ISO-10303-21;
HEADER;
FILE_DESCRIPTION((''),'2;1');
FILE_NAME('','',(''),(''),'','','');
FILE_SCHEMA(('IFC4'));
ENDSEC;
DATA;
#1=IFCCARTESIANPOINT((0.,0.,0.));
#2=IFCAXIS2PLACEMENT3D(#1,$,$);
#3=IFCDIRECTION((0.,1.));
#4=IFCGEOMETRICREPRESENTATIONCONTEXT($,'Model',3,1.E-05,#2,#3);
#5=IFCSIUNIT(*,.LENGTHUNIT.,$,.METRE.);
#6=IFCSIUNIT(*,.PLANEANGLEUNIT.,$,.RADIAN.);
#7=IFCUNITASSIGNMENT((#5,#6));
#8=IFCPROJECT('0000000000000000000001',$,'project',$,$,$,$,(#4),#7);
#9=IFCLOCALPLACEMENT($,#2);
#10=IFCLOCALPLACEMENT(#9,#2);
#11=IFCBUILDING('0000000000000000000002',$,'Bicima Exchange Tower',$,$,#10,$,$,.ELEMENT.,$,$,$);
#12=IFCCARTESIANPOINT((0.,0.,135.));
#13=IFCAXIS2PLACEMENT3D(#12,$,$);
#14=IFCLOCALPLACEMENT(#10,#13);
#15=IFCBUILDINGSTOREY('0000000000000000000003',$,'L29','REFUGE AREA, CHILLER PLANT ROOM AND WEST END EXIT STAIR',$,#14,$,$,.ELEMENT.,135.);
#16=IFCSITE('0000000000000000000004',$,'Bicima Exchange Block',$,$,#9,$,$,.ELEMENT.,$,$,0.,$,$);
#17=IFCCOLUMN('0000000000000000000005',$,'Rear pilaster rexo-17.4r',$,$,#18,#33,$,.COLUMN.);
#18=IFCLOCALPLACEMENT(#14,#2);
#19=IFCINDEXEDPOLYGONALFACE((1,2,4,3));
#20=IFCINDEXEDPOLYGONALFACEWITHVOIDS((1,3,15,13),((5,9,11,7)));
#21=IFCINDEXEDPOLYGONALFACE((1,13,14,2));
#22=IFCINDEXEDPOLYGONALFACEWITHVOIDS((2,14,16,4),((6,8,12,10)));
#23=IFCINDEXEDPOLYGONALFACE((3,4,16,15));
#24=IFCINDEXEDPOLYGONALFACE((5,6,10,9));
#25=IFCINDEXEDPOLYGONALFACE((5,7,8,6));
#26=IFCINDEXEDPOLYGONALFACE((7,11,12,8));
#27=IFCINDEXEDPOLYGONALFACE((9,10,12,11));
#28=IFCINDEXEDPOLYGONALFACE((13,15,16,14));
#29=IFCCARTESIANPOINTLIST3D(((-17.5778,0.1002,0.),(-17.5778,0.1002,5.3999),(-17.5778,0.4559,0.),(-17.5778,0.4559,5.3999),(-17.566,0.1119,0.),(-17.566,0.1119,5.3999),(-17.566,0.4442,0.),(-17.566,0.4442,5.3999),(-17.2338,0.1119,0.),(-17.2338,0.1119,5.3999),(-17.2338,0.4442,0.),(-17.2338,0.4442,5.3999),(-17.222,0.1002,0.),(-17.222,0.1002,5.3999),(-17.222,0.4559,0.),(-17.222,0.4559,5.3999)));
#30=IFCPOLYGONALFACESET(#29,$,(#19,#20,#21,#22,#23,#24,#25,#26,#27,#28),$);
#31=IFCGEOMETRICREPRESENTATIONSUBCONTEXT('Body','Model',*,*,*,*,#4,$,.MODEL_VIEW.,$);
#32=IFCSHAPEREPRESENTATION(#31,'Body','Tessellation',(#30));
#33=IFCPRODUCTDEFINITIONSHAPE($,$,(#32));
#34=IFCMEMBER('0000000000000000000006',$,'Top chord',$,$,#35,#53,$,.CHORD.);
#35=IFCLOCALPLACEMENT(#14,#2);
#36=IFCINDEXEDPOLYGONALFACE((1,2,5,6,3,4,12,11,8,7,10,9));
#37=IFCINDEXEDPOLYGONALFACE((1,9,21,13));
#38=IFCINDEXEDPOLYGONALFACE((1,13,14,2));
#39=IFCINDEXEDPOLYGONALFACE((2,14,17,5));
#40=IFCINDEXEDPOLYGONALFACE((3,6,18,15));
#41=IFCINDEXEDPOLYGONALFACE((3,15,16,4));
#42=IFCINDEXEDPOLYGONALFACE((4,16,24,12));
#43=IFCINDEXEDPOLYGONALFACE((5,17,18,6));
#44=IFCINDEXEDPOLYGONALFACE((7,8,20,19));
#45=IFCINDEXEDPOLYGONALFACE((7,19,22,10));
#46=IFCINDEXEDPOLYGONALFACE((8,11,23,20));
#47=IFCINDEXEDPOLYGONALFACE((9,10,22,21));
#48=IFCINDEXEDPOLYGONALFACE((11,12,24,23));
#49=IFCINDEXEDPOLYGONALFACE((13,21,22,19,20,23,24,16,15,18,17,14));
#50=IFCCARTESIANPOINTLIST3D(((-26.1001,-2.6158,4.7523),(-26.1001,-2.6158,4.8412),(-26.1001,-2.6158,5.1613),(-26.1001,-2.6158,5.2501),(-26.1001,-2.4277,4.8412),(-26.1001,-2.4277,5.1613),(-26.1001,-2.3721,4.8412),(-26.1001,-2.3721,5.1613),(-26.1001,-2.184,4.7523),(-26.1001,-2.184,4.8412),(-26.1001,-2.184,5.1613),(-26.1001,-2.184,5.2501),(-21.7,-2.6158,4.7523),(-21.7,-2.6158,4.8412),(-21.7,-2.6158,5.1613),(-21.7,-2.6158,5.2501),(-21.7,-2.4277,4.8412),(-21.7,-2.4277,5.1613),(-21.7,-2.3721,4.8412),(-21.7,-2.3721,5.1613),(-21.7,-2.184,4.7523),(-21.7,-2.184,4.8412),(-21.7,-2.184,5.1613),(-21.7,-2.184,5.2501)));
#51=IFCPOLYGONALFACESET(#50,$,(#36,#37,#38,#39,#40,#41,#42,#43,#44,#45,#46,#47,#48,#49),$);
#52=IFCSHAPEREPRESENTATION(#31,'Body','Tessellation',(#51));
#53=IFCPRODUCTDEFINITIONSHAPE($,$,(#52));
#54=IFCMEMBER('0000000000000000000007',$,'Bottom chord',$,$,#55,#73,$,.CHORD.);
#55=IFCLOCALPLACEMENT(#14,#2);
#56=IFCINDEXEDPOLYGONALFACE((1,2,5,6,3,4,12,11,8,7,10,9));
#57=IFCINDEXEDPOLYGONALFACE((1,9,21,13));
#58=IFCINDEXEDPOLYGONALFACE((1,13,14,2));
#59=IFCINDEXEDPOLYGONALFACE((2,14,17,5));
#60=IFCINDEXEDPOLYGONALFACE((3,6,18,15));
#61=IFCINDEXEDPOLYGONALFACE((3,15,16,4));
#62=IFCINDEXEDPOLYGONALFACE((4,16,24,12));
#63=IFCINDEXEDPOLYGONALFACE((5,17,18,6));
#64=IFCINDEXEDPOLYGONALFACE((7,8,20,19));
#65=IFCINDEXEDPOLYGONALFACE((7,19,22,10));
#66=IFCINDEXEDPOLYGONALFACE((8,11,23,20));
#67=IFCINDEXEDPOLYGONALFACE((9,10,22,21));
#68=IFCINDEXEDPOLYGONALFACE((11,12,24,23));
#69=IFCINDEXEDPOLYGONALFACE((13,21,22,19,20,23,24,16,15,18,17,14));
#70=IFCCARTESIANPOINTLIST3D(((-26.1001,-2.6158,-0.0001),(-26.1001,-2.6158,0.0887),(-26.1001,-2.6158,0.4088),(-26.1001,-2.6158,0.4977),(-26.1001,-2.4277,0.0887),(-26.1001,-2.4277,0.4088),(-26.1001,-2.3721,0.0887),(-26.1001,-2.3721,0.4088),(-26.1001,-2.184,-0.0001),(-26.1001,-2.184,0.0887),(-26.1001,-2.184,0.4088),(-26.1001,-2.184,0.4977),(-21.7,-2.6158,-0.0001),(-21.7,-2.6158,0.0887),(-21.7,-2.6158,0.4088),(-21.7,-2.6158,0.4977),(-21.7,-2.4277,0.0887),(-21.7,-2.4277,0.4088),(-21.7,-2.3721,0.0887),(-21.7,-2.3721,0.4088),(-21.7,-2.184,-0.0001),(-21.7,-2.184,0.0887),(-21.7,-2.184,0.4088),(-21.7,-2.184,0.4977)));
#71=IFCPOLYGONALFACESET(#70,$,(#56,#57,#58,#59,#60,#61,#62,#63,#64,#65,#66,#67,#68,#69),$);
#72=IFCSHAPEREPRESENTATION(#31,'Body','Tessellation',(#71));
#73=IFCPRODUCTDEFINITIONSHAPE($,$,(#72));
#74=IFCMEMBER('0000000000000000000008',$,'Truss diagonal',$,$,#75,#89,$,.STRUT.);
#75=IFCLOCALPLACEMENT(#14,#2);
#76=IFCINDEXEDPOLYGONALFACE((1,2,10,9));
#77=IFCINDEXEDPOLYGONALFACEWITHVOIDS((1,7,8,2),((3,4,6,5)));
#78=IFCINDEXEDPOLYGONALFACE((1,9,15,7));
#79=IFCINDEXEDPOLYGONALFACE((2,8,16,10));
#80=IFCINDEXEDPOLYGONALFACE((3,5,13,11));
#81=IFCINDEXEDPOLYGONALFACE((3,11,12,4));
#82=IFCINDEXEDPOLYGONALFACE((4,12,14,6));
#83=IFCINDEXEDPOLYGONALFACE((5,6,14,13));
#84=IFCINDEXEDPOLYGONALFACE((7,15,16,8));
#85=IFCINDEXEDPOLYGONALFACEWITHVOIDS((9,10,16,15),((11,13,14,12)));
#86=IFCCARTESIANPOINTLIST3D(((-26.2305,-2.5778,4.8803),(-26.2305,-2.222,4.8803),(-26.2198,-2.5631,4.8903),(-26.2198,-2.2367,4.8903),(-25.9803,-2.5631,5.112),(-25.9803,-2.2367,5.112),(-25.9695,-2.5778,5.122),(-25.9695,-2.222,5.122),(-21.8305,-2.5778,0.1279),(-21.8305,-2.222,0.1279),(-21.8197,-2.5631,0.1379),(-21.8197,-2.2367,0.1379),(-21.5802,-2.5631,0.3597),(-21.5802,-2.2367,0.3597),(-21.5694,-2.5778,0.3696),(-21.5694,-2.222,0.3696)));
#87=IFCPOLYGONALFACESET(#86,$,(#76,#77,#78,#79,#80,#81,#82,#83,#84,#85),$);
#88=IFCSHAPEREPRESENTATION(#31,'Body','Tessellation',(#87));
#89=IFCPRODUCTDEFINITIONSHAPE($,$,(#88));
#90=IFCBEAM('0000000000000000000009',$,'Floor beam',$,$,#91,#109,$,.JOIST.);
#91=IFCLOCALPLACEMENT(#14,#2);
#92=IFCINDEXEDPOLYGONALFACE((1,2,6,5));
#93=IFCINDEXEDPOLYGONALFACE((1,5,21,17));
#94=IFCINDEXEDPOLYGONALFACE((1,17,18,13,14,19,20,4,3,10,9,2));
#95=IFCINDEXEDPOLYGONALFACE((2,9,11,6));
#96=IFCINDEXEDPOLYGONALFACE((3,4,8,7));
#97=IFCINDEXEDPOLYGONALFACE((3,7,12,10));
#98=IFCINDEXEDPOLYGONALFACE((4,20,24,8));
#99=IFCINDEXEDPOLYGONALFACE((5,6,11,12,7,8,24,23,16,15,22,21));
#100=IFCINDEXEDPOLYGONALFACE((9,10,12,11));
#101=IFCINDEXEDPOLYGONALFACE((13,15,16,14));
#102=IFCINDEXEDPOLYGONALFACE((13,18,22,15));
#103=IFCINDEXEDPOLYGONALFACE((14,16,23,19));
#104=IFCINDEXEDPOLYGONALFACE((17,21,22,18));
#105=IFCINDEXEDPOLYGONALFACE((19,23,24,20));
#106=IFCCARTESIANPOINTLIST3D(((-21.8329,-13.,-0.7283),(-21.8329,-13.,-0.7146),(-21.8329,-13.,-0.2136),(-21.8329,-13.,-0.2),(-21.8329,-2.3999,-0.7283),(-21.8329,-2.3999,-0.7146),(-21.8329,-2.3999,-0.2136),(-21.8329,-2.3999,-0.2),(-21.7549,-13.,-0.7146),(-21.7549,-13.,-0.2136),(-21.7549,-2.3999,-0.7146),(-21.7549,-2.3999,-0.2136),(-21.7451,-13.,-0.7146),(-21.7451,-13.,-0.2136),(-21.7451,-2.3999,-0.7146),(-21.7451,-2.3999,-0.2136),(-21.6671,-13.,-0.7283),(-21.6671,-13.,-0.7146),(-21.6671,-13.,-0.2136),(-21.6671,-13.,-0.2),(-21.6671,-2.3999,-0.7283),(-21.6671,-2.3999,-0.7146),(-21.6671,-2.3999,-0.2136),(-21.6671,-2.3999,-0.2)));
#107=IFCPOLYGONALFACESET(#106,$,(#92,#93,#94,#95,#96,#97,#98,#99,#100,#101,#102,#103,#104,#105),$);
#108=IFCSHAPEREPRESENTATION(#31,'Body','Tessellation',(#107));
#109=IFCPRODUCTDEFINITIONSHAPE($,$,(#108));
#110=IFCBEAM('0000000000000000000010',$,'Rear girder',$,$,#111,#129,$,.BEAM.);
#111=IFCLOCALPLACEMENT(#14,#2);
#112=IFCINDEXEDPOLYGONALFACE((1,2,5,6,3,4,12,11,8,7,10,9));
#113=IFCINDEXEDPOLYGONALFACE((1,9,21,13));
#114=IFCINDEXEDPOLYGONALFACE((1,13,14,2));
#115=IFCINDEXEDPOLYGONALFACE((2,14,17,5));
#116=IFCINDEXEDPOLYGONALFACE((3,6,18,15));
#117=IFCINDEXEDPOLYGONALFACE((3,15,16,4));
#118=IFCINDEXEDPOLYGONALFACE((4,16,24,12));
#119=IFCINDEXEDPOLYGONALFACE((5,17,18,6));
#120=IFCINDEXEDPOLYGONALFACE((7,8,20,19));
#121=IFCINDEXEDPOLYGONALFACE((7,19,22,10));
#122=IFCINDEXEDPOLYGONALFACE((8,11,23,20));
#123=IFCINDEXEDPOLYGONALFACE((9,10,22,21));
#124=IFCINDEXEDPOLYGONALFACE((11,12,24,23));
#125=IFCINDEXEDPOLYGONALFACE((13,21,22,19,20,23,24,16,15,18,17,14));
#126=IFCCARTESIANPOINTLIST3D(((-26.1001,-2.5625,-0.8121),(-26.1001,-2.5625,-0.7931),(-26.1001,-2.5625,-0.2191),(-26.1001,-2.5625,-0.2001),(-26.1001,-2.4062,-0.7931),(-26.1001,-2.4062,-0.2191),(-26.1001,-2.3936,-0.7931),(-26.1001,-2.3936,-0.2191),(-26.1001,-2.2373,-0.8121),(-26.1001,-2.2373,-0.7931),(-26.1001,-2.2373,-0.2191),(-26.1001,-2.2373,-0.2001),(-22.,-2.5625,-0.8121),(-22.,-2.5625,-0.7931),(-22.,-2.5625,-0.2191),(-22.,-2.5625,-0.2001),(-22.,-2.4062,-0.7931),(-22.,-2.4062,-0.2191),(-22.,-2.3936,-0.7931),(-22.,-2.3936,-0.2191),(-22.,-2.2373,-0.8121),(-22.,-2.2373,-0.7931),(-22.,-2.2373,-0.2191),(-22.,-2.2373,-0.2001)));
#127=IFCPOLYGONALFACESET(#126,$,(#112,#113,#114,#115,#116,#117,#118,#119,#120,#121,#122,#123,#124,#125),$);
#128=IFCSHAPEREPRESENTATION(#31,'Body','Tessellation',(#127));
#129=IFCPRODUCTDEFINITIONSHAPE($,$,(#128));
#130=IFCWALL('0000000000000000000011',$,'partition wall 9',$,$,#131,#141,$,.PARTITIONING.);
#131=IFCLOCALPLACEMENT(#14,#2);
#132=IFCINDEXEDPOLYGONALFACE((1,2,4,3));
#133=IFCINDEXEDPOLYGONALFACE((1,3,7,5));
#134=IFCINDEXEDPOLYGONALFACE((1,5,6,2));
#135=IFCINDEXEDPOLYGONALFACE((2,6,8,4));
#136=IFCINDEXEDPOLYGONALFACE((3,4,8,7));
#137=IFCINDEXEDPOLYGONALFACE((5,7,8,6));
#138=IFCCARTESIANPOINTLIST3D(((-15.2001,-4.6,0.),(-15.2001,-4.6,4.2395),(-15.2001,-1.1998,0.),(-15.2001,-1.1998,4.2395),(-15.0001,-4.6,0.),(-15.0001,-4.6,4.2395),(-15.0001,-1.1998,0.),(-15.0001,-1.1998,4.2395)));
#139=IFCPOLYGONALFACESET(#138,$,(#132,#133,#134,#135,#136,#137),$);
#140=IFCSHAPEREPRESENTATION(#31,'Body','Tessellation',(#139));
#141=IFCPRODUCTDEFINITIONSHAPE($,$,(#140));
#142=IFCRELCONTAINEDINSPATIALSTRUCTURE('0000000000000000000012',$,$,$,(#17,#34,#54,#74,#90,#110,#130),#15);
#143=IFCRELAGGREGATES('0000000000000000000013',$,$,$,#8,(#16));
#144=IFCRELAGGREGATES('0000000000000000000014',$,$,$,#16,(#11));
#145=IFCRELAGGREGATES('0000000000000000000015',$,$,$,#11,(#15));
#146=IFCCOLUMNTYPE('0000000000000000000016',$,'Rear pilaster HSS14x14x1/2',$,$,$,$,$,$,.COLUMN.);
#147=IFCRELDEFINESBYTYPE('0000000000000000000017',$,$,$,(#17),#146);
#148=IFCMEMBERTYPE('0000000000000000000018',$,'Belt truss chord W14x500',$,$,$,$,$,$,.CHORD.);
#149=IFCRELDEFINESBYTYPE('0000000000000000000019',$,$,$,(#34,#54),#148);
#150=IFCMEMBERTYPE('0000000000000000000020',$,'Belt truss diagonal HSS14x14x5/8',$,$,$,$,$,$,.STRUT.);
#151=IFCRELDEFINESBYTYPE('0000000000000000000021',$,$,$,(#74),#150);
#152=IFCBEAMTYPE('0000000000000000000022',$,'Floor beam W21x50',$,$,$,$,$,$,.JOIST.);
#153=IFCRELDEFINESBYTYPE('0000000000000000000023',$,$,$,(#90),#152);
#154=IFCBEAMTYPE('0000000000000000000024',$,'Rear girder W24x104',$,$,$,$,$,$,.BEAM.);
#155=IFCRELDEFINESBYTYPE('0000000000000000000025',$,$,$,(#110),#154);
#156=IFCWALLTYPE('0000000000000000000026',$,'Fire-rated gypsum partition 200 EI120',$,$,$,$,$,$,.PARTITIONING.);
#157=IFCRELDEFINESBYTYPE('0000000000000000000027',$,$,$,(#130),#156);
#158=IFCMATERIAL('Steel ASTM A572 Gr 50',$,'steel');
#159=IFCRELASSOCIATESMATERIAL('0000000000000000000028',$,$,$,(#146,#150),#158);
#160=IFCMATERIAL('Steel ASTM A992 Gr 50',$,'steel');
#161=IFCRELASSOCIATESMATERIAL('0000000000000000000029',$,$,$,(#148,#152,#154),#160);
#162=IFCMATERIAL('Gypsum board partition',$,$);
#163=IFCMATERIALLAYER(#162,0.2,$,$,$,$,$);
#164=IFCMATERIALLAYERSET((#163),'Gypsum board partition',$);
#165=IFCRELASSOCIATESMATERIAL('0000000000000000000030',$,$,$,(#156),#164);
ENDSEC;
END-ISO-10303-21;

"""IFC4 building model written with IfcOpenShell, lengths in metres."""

from ifc_helpers import new_model, si_unit, direction, frame, frame_2d, origin, origin_2d, place, context, subcontext, project, spatial, rectangle, hollow_rectangle, i_section, extrude, material, layer, layer_set, material_profile, profile_set, type_object, element, save


model = new_model("IFC4")

# Units and contexts
model_context = context("Model", 3, precision=1e-05, world=origin(), true_north=direction((0.0, 1.0)))
body_context = subcontext(model_context, "Body", "Model", "MODEL_VIEW")
ifc_project = project(units=[si_unit("LENGTHUNIT", "METRE"), si_unit("PLANEANGLEUNIT", "RADIAN")], contexts=[model_context])

# Site, building, storey
site_placement = place(None, origin())
site = spatial("IfcSite", under=ifc_project, at=site_placement, Name="Bicima Exchange Block", CompositionType="ELEMENT", RefElevation=0.0)
building_placement = place(site_placement, origin())
building = spatial("IfcBuilding", under=site, at=building_placement, Name="Bicima Exchange Tower", CompositionType="ELEMENT")
storey_placement = place(building_placement, frame((0.0, 0.0, 135.0)))
storey = spatial("IfcBuildingStorey", under=building, at=storey_placement, Name="L29", Description="REFUGE AREA, CHILLER PLANT ROOM AND WEST END EXIT STAIR", CompositionType="ELEMENT", Elevation=135.0)

# Column
ifc_material_1 = material(Name="Steel ASTM A572 Gr 50", Category="steel")
ifc_material_profile_1 = material_profile(ifc_material_1, hollow_rectangle(XDim=0.3557, YDim=0.3557, WallThickness=0.0117, at=origin_2d()))
ifc_profile_set_1 = profile_set([ifc_material_profile_1], Name="Steel ASTM A572 Gr 50")
column_type = type_object("IfcColumnType", Name="Rear pilaster HSS14x14x1/2", PredefinedType="COLUMN", material=ifc_profile_set_1)
column_placement = place(storey_placement, frame((-17.3999, 0.2781, 0.0), z_axis=(0.0, 0.0, 1.0), x_axis=(1.0, 0.0, 0.0)))
element("IfcColumn", 1, at=column_placement, inside=storey, type_object=column_type, Name="Rear pilaster rexo-17.4r", PredefinedType="COLUMN", context=body_context, shape_type="SweptSolid", body=[
    extrude(hollow_rectangle(XDim=0.3557, YDim=0.3557, WallThickness=0.0117, at=origin_2d()), origin(), (0.0, 0.0, 1.0), 5.3999),
])

# Members
ifc_material_2 = material(Name="Steel ASTM A992 Gr 50", Category="steel")
ifc_material_profile_2 = material_profile(ifc_material_2, i_section(OverallWidth=0.4319, OverallDepth=0.4978, WebThickness=0.0557, FlangeThickness=0.0889, at=origin_2d()))
ifc_profile_set_2 = profile_set([ifc_material_profile_2], Name="Steel ASTM A992 Gr 50")
member_type_1 = type_object("IfcMemberType", Name="Belt truss chord W14x500", PredefinedType="CHORD", material=ifc_profile_set_2)
for number, where, z_axis, x_axis, name in (
    (2, (-21.7, -2.3999, 5.0012), (-1.0, 0.0, 0.0), (0.0, -1.0, 0.0), "Top chord"),
    (3, (-21.7, -2.3999, 0.2488), (-1.0, 0.0, 0.0), (0.0, -1.0, 0.0), "Bottom chord"),
):
    element("IfcMember", number, at=place(storey_placement, frame(where, z_axis=z_axis, x_axis=x_axis)), inside=storey, type_object=member_type_1, Name=name, PredefinedType="CHORD", context=body_context, shape_type="SweptSolid", body=[
        extrude(i_section(OverallWidth=0.4319, OverallDepth=0.4978, WebThickness=0.0557, FlangeThickness=0.0889, at=origin_2d()), origin(), (0.0, 0.0, 1.0), 4.4001),
    ])
ifc_material_profile_3 = material_profile(ifc_material_1, hollow_rectangle(XDim=0.3557, YDim=0.3557, WallThickness=0.0146, at=origin_2d()))
ifc_profile_set_3 = profile_set([ifc_material_profile_3], Name="Steel ASTM A572 Gr 50")
member_type_2 = type_object("IfcMemberType", Name="Belt truss diagonal HSS14x14x5/8", PredefinedType="STRUT", material=ifc_profile_set_3)
member_placement = place(storey_placement, frame((-21.7, -2.3999, 0.2488), z_axis=(-0.679386, 0.0, 0.733781), x_axis=(0.0, -1.0, 0.0)))
element("IfcMember", 4, at=member_placement, inside=storey, type_object=member_type_2, Name="Truss diagonal", PredefinedType="STRUT", context=body_context, shape_type="SweptSolid", body=[
    extrude(hollow_rectangle(XDim=0.3557, YDim=0.3557, WallThickness=0.0146, at=origin_2d()), origin(), (0.0, 0.0, 1.0), 6.4766),
])

# Beams
ifc_material_profile_4 = material_profile(ifc_material_2, i_section(OverallWidth=0.1658, OverallDepth=0.5283, WebThickness=0.0098, FlangeThickness=0.0137, at=origin_2d()))
ifc_profile_set_4 = profile_set([ifc_material_profile_4], Name="Steel ASTM A992 Gr 50")
beam_type_1 = type_object("IfcBeamType", Name="Floor beam W21x50", PredefinedType="JOIST", material=ifc_profile_set_4)
beam_1_placement = place(storey_placement, frame((-21.75, -2.3999, -0.4641), z_axis=(0.0, -1.0, 0.0), x_axis=(1.0, 0.0, 0.0)))
element("IfcBeam", 5, at=beam_1_placement, inside=storey, type_object=beam_type_1, Name="Floor beam", PredefinedType="JOIST", context=body_context, shape_type="SweptSolid", body=[
    extrude(i_section(OverallWidth=0.1658, OverallDepth=0.5283, WebThickness=0.0098, FlangeThickness=0.0137, at=origin_2d()), origin(), (0.0, 0.0, 1.0), 10.6001),
])
ifc_material_profile_5 = material_profile(ifc_material_2, i_section(OverallWidth=0.3252, OverallDepth=0.6121, WebThickness=0.0127, FlangeThickness=0.019, at=origin_2d()))
ifc_profile_set_5 = profile_set([ifc_material_profile_5], Name="Steel ASTM A992 Gr 50")
beam_type_2 = type_object("IfcBeamType", Name="Rear girder W24x104", PredefinedType="BEAM", material=ifc_profile_set_5)
beam_2_placement = place(storey_placement, frame((-22.0, -2.3999, -0.5061), z_axis=(-1.0, 0.0, 0.0), x_axis=(0.0, -1.0, 0.0)))
element("IfcBeam", 6, at=beam_2_placement, inside=storey, type_object=beam_type_2, Name="Rear girder", PredefinedType="BEAM", context=body_context, shape_type="SweptSolid", body=[
    extrude(i_section(OverallWidth=0.3252, OverallDepth=0.6121, WebThickness=0.0127, FlangeThickness=0.019, at=origin_2d()), origin(), (0.0, 0.0, 1.0), 4.1001),
])

# Wall
ifc_material_3 = material(Name="Gypsum board partition")
ifc_layer_1 = layer(ifc_material_3, 0.2)
ifc_layer_set_1 = layer_set([ifc_layer_1], Name="Gypsum board partition")
wall_type_1 = type_object("IfcWallType", Name="Fire-rated gypsum partition 200 EI120", PredefinedType="PARTITIONING", material=ifc_layer_set_1)
wall_1_placement = place(storey_placement, frame((-15.1001, -4.6001, 0.0), z_axis=(0.0, 0.0, 1.0), x_axis=(0.0, 1.0, 0.0)))
element("IfcWall", 7, at=wall_1_placement, inside=storey, type_object=wall_type_1, Name="partition wall 9", PredefinedType="PARTITIONING", context=body_context, shape_type="SweptSolid", body=[
    extrude(rectangle(XDim=3.4001, YDim=0.2, at=frame_2d((1.7002, 0.0))), origin(), (0.0, 0.0, 1.0), 4.2395),
])

save(model, "model.ifc")
